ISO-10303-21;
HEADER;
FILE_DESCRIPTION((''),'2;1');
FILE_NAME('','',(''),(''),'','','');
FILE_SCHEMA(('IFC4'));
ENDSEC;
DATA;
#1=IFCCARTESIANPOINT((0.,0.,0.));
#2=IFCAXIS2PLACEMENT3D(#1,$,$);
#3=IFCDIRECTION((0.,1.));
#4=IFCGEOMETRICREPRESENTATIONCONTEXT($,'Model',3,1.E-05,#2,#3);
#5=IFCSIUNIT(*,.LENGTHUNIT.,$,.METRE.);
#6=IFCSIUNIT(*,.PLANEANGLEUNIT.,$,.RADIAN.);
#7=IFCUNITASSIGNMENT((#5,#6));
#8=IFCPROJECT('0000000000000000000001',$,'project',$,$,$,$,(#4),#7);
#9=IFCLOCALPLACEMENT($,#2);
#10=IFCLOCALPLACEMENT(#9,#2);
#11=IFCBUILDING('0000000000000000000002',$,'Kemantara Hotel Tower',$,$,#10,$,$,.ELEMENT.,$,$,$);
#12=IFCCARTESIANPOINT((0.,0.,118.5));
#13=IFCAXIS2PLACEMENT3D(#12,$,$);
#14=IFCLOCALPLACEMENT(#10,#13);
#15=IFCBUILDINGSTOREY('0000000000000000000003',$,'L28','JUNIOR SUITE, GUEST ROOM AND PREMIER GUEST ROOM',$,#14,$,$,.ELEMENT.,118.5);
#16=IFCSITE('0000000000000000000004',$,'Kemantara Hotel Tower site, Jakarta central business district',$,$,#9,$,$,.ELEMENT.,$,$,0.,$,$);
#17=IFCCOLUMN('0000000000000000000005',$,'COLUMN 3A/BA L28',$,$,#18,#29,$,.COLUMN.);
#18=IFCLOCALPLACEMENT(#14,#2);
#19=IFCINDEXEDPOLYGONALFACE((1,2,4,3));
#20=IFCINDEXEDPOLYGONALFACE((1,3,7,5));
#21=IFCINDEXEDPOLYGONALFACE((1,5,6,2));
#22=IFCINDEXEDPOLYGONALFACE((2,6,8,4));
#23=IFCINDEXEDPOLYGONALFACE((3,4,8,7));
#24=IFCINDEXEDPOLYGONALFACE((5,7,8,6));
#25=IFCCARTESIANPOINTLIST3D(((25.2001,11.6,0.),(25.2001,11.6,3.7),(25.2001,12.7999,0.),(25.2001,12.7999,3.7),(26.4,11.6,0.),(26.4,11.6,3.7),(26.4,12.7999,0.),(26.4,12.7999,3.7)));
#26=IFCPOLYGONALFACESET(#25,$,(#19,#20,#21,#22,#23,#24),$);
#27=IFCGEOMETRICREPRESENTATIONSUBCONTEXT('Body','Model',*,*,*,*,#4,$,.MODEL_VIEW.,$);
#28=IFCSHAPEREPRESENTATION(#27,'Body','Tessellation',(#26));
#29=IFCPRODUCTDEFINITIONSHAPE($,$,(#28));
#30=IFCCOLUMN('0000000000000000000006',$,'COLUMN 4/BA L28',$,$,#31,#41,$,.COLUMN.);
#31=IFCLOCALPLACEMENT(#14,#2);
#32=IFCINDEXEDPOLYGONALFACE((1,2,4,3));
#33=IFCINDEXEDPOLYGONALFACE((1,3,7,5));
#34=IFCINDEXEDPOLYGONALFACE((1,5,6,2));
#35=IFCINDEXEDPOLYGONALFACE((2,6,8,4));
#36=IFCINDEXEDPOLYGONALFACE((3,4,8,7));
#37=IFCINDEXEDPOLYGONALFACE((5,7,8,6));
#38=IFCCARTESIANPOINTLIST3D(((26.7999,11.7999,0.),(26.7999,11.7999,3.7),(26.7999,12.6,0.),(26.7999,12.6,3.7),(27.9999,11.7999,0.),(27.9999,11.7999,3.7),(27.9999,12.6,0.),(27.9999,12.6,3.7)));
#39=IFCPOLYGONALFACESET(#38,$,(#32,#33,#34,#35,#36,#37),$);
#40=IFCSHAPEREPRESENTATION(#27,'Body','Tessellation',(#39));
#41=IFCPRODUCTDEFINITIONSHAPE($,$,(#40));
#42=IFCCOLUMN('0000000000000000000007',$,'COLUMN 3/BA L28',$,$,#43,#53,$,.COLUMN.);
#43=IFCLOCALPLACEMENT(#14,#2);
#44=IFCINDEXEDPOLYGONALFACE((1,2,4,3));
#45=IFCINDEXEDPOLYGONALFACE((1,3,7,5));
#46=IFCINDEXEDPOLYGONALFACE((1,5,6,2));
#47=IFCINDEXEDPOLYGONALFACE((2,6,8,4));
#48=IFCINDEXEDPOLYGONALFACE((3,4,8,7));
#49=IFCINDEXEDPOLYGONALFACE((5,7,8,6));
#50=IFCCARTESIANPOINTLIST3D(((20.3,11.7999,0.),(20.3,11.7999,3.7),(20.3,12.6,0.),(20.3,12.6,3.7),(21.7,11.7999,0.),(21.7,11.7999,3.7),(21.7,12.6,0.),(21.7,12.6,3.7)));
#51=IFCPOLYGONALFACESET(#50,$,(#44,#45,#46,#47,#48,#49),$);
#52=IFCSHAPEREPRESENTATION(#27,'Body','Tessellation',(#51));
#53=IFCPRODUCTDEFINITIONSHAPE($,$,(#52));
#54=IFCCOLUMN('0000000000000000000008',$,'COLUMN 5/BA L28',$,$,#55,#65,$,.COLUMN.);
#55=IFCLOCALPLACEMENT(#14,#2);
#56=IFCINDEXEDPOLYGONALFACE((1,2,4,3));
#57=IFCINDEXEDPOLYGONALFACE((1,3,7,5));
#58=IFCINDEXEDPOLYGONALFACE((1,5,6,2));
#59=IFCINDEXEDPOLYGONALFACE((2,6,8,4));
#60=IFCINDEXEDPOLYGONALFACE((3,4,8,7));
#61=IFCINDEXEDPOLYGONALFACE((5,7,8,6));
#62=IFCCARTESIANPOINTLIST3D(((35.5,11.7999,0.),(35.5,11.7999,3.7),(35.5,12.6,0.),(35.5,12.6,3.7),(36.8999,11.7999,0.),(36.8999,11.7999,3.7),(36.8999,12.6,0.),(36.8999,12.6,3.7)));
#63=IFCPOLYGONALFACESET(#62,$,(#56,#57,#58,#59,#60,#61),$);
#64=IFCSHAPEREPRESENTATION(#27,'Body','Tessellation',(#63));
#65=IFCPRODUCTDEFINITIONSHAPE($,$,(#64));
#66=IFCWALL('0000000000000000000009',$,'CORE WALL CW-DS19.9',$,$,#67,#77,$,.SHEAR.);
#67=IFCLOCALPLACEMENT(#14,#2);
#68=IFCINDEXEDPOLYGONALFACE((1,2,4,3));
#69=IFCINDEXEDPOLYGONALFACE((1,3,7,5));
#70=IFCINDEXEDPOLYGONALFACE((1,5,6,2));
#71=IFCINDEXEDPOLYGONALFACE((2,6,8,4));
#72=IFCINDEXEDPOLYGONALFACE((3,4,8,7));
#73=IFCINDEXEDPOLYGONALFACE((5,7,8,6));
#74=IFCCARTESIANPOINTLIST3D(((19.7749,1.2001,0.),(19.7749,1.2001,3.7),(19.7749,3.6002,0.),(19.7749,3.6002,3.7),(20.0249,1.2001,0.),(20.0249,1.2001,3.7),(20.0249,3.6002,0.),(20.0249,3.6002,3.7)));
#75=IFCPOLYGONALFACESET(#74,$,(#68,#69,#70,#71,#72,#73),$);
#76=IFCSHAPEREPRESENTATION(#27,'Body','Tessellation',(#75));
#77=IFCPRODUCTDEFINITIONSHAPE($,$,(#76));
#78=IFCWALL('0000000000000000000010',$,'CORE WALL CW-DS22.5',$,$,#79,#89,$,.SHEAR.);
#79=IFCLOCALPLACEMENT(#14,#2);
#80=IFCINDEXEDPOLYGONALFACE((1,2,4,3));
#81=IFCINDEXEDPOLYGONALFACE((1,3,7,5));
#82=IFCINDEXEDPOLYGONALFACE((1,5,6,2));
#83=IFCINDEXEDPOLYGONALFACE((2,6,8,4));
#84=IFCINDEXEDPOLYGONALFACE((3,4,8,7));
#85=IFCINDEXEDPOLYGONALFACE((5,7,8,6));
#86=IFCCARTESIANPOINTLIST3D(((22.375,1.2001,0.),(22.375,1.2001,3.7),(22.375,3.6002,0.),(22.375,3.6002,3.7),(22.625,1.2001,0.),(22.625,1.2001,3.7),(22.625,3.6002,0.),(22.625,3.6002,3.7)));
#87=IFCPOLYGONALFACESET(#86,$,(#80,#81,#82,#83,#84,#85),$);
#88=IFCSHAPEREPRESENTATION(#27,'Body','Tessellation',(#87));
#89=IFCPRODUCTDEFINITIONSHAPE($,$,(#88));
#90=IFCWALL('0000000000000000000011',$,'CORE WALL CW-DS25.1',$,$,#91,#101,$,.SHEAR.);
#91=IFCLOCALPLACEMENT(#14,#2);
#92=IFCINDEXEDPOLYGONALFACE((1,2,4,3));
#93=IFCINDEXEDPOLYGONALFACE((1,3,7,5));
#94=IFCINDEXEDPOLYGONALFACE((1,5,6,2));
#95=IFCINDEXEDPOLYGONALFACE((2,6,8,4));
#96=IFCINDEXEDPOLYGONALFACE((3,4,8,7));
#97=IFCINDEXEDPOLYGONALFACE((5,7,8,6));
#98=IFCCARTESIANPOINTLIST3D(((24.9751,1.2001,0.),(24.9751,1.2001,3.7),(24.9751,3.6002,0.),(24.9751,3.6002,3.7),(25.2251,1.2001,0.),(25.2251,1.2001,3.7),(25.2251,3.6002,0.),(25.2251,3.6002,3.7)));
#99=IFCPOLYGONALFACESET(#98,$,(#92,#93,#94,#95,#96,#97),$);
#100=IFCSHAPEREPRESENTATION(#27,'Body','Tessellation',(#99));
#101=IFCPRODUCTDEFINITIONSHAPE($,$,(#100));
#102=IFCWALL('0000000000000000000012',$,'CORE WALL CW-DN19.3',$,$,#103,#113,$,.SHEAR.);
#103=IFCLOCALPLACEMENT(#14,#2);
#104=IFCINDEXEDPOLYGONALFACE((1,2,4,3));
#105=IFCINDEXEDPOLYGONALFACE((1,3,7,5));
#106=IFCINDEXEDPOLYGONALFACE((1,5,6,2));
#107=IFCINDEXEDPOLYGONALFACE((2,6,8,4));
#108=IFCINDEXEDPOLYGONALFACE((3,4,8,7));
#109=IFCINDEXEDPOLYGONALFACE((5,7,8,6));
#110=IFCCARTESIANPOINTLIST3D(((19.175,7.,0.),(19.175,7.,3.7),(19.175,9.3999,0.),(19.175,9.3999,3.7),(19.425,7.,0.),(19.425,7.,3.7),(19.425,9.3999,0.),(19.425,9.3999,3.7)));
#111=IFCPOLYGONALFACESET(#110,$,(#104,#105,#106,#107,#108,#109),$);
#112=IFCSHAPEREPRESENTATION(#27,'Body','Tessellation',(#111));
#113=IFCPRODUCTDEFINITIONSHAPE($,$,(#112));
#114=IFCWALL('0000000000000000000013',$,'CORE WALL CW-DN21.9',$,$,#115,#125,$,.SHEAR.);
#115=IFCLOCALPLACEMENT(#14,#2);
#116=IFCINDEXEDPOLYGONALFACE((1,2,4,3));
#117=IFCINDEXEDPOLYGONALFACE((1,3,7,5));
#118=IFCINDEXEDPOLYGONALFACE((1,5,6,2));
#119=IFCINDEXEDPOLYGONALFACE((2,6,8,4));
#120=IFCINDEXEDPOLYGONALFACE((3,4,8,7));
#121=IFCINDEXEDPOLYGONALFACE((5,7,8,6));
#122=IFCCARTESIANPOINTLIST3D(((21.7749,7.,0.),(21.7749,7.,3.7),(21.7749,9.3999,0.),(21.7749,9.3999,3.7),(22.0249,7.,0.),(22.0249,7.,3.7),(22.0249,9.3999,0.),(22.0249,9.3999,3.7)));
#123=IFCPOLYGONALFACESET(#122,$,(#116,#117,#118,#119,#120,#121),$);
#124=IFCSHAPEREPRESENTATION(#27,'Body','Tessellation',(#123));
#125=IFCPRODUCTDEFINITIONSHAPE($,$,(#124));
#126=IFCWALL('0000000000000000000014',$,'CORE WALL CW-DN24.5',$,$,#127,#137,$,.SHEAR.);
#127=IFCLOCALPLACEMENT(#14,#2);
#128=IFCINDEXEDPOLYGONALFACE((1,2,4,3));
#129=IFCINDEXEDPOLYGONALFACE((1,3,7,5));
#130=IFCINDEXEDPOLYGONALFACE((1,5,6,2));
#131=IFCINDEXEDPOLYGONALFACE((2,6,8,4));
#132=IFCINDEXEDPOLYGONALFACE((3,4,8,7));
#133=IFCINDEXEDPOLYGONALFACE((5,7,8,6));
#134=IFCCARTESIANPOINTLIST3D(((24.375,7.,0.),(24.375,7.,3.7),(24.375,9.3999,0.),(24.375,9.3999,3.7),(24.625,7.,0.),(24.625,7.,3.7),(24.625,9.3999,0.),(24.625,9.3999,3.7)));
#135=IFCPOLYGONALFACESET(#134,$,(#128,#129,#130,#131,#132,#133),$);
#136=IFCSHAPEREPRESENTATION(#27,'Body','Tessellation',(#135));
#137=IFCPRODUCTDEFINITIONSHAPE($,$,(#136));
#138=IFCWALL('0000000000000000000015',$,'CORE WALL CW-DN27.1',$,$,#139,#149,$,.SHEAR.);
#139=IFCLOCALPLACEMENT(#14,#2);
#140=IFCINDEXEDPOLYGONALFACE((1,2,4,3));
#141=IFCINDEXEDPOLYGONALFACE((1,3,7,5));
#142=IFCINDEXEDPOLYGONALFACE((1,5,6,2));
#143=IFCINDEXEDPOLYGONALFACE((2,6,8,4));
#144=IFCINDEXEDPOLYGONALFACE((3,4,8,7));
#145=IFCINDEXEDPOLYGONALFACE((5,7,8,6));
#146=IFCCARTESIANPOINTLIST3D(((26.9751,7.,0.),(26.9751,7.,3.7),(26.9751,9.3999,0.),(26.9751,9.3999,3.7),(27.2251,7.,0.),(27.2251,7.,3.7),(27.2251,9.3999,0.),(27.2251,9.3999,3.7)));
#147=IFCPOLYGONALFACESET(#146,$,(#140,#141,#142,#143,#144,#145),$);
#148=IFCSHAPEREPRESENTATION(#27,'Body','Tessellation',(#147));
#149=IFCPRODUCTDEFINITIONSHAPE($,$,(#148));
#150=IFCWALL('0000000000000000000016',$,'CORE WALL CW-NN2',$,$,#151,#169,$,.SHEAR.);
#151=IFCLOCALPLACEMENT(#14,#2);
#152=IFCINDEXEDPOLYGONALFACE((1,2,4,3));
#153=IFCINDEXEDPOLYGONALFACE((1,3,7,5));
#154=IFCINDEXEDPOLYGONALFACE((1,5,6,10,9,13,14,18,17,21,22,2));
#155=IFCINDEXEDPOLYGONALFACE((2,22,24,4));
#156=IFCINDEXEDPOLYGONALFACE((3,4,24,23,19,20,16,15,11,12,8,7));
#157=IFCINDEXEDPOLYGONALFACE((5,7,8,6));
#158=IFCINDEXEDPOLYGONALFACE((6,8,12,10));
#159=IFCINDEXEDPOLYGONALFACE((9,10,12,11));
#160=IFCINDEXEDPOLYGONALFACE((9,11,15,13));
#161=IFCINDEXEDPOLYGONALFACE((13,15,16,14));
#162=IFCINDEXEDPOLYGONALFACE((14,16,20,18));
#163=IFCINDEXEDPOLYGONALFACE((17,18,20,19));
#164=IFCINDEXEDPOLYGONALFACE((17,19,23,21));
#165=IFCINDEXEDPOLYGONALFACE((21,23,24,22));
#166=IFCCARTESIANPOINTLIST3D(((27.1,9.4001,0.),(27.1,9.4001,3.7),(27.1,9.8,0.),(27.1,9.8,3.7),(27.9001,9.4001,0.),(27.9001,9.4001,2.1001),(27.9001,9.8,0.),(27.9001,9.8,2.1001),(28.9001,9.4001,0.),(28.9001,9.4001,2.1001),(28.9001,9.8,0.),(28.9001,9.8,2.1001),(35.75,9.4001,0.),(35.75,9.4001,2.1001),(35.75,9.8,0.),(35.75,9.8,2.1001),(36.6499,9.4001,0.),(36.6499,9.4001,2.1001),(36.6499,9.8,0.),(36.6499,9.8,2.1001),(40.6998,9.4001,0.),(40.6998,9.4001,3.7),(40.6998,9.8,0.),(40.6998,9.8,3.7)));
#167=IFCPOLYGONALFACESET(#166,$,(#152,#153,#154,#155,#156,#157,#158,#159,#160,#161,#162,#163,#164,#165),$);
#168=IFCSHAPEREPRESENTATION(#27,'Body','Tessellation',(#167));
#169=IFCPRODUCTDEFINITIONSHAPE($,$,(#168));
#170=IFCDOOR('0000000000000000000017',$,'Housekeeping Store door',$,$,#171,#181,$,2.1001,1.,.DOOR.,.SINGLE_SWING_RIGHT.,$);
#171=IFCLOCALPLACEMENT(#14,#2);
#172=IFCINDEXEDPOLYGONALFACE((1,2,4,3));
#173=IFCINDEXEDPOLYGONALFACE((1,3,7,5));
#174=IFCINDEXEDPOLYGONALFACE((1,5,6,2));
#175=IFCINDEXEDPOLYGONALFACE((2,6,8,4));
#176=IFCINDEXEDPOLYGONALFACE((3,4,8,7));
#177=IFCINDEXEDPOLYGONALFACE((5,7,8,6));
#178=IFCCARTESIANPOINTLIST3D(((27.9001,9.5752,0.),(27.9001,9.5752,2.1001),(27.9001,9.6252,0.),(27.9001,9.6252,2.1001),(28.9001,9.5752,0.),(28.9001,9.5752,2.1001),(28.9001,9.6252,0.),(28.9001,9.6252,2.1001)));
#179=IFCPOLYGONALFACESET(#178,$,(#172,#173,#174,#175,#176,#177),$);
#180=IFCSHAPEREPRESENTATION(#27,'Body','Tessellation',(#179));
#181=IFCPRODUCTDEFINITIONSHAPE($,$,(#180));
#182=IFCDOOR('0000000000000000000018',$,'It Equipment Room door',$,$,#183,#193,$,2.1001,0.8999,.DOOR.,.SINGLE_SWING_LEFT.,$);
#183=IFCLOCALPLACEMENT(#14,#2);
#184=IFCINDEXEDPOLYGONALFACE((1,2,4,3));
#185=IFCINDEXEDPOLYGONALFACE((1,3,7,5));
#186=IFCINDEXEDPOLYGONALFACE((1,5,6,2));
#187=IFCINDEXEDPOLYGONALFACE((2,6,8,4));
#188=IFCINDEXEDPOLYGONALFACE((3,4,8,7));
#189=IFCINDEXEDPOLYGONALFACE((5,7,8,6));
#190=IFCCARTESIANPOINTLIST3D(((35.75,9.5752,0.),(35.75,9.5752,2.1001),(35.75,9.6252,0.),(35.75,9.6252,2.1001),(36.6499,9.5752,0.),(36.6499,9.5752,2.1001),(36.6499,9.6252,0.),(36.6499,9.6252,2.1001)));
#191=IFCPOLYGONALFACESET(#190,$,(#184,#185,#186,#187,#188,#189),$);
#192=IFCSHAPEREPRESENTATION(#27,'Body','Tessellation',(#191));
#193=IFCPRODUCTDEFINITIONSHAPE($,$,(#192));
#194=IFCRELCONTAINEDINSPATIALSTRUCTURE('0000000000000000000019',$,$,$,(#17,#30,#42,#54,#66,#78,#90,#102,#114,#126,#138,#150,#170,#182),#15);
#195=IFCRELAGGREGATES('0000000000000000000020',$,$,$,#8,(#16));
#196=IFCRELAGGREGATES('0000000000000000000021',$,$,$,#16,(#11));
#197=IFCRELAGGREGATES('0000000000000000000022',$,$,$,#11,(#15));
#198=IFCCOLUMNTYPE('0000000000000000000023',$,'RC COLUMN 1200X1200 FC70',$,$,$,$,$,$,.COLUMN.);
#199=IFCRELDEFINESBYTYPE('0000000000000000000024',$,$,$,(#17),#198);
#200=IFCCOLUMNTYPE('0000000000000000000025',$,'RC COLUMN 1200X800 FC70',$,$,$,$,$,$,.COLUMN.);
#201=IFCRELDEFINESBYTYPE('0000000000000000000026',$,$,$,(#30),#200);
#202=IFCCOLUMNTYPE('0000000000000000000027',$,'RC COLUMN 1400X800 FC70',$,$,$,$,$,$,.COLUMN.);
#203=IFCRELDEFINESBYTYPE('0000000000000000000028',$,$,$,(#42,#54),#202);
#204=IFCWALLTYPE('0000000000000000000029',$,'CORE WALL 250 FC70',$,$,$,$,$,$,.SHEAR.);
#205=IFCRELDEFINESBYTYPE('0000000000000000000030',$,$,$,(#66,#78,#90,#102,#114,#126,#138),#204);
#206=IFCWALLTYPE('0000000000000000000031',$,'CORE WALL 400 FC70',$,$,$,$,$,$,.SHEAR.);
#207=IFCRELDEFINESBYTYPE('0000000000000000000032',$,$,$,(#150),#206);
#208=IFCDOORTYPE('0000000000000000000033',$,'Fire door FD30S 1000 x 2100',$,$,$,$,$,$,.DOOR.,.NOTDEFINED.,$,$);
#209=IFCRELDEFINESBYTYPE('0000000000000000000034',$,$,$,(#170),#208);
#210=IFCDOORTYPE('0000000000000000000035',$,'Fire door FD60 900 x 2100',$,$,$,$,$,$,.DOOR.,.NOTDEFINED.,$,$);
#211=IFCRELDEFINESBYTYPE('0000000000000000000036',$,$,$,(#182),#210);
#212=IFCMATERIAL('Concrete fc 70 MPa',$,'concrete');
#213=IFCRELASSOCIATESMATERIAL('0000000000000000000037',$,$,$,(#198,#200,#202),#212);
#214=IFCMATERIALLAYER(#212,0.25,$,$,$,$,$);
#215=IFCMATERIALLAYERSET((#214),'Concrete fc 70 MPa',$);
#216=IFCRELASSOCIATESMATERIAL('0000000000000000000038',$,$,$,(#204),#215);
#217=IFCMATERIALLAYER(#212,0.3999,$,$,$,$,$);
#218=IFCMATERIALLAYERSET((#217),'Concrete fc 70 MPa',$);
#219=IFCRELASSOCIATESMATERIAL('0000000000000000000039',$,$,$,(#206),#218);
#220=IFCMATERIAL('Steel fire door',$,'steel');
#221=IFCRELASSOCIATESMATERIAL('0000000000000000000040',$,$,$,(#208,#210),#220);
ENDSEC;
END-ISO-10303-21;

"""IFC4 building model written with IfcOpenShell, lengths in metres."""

from ifc_helpers import new_model, si_unit, direction, frame, frame_2d, origin, origin_2d, place, context, subcontext, project, spatial, rectangle, extrude, material, layer, layer_set, material_profile, profile_set, type_object, element, fill, save


model = new_model("IFC4")

# Units and contexts
model_context = context("Model", 3, precision=1e-05, world=origin(), true_north=direction((0.0, 1.0)))
body_context = subcontext(model_context, "Body", "Model", "MODEL_VIEW")
ifc_project = project(units=[si_unit("LENGTHUNIT", "METRE"), si_unit("PLANEANGLEUNIT", "RADIAN")], contexts=[model_context])

# Site, building, storey
site_placement = place(None, origin())
site = spatial("IfcSite", under=ifc_project, at=site_placement, Name="Kemantara Hotel Tower site, Jakarta central business district", CompositionType="ELEMENT", RefElevation=0.0)
building_placement = place(site_placement, origin())
building = spatial("IfcBuilding", under=site, at=building_placement, Name="Kemantara Hotel Tower", CompositionType="ELEMENT")
storey_placement = place(building_placement, frame((0.0, 0.0, 118.5)))
storey = spatial("IfcBuildingStorey", under=building, at=storey_placement, Name="L28", Description="JUNIOR SUITE, GUEST ROOM AND PREMIER GUEST ROOM", CompositionType="ELEMENT", Elevation=118.5)

# Columns
ifc_material_1 = material(Name="Concrete fc 70 MPa", Category="concrete")
ifc_material_profile_1 = material_profile(ifc_material_1, rectangle(XDim=1.2, YDim=1.2, at=origin_2d()), Name="RC 1200X1200")
ifc_profile_set_1 = profile_set([ifc_material_profile_1], Name="Concrete fc 70 MPa")
column_type_1 = type_object("IfcColumnType", Name="RC COLUMN 1200X1200 FC70", PredefinedType="COLUMN", material=ifc_profile_set_1)
column_1_placement = place(storey_placement, frame((25.8, 12.2, 0.0), z_axis=(0.0, 0.0, 1.0), x_axis=(1.0, 0.0, 0.0)))
element("IfcColumn", 1, at=column_1_placement, inside=storey, type_object=column_type_1, Name="COLUMN 3A/BA L28", PredefinedType="COLUMN", context=body_context, shape_type="SweptSolid", body=[
    extrude(rectangle(XDim=1.2, YDim=1.2, at=origin_2d()), origin(), (0.0, 0.0, 1.0), 3.7),
])
ifc_material_profile_2 = material_profile(ifc_material_1, rectangle(XDim=1.2, YDim=0.8, at=origin_2d()), Name="RC 1200X800")
ifc_profile_set_2 = profile_set([ifc_material_profile_2], Name="Concrete fc 70 MPa")
column_type_2 = type_object("IfcColumnType", Name="RC COLUMN 1200X800 FC70", PredefinedType="COLUMN", material=ifc_profile_set_2)
column_2_placement = place(storey_placement, frame((27.3999, 12.2, 0.0), z_axis=(0.0, 0.0, 1.0), x_axis=(1.0, 0.0, 0.0)))
element("IfcColumn", 2, at=column_2_placement, inside=storey, type_object=column_type_2, Name="COLUMN 4/BA L28", PredefinedType="COLUMN", context=body_context, shape_type="SweptSolid", body=[
    extrude(rectangle(XDim=1.2, YDim=0.8, at=origin_2d()), origin(), (0.0, 0.0, 1.0), 3.7),
])
ifc_material_profile_3 = material_profile(ifc_material_1, rectangle(XDim=1.3999, YDim=0.8, at=origin_2d()), Name="RC 1400X800")
ifc_profile_set_3 = profile_set([ifc_material_profile_3], Name="Concrete fc 70 MPa")
column_type_3 = type_object("IfcColumnType", Name="RC COLUMN 1400X800 FC70", PredefinedType="COLUMN", material=ifc_profile_set_3)
for number, where, z_axis, x_axis, name in (
    (3, (21.0, 12.2, 0.0), (0.0, 0.0, 1.0), (1.0, 0.0, 0.0), "COLUMN 3/BA L28"),
    (4, (36.2, 12.2, 0.0), (0.0, 0.0, 1.0), (1.0, 0.0, 0.0), "COLUMN 5/BA L28"),
):
    element("IfcColumn", number, at=place(storey_placement, frame(where, z_axis=z_axis, x_axis=x_axis)), inside=storey, type_object=column_type_3, Name=name, PredefinedType="COLUMN", context=body_context, shape_type="SweptSolid", body=[
        extrude(rectangle(XDim=1.3999, YDim=0.8, at=origin_2d()), origin(), (0.0, 0.0, 1.0), 3.7),
    ])

# Walls
ifc_layer_1 = layer(ifc_material_1, 0.25)
ifc_layer_set_1 = layer_set([ifc_layer_1], Name="Concrete fc 70 MPa")
wall_type_1 = type_object("IfcWallType", Name="CORE WALL 250 FC70", PredefinedType="SHEAR", material=ifc_layer_set_1)
for number, where, z_axis, x_axis, name in (
    (5, (19.8999, 1.2, 0.0), (0.0, 0.0, 1.0), (0.0, 1.0, 0.0), "CORE WALL CW-DS19.9"),
    (6, (22.5, 1.2, 0.0), (0.0, 0.0, 1.0), (0.0, 1.0, 0.0), "CORE WALL CW-DS22.5"),
    (7, (25.1001, 1.2, 0.0), (0.0, 0.0, 1.0), (0.0, 1.0, 0.0), "CORE WALL CW-DS25.1"),
):
    element("IfcWall", number, at=place(storey_placement, frame(where, z_axis=z_axis, x_axis=x_axis)), inside=storey, type_object=wall_type_1, Name=name, PredefinedType="SHEAR", context=body_context, shape_type="SweptSolid", body=[
        extrude(rectangle(XDim=2.4001, YDim=0.25, at=frame_2d((1.2002, 0.0))), origin(), (0.0, 0.0, 1.0), 3.7),
    ])
for number, where, z_axis, x_axis, name in (
    (8, (19.3, 7.0, 0.0), (0.0, 0.0, 1.0), (0.0, 1.0, 0.0), "CORE WALL CW-DN19.3"),
    (9, (21.8999, 7.0, 0.0), (0.0, 0.0, 1.0), (0.0, 1.0, 0.0), "CORE WALL CW-DN21.9"),
    (10, (24.5, 7.0, 0.0), (0.0, 0.0, 1.0), (0.0, 1.0, 0.0), "CORE WALL CW-DN24.5"),
    (11, (27.1001, 7.0, 0.0), (0.0, 0.0, 1.0), (0.0, 1.0, 0.0), "CORE WALL CW-DN27.1"),
):
    element("IfcWall", number, at=place(storey_placement, frame(where, z_axis=z_axis, x_axis=x_axis)), inside=storey, type_object=wall_type_1, Name=name, PredefinedType="SHEAR", context=body_context, shape_type="SweptSolid", body=[
        extrude(rectangle(XDim=2.3999, YDim=0.25, at=frame_2d((1.2, 0.0))), origin(), (0.0, 0.0, 1.0), 3.7),
    ])

# Wall, openings, doors
ifc_layer_2 = layer(ifc_material_1, 0.3999)
ifc_layer_set_2 = layer_set([ifc_layer_2], Name="Concrete fc 70 MPa")
wall_type_2 = type_object("IfcWallType", Name="CORE WALL 400 FC70", PredefinedType="SHEAR", material=ifc_layer_set_2)
wall_1_placement = place(storey_placement, frame((27.1001, 9.6001, 0.0), z_axis=(0.0, 0.0, 1.0), x_axis=(1.0, 0.0, 0.0)))
wall_1 = element("IfcWall", 12, at=wall_1_placement, inside=storey, type_object=wall_type_2, Name="CORE WALL CW-NN2", PredefinedType="SHEAR", context=body_context, shape_type="SweptSolid", body=[
    extrude(rectangle(XDim=13.5999, YDim=0.3999, at=frame_2d((6.7998, 0.0))), origin(), (0.0, 0.0, 1.0), 3.7),
])
opening_1_placement = place(wall_1_placement, frame((0.8, 0.0, 0.0)))
opening_1 = element("IfcOpeningElement", 13, at=opening_1_placement, cuts=wall_1, PredefinedType="OPENING", context=body_context, shape_type="SweptSolid", body=[
    extrude(rectangle(XDim=1.0, YDim=2.1001, at=frame_2d((0.5, 1.05))), frame((0.0, 0.21, 0.0), z_axis=(0.0, -1.0, 0.0), x_axis=(1.0, 0.0, 0.0)), (0.0, 0.0, 1.0), 0.4199),
])
opening_2_placement = place(wall_1_placement, frame((8.6499, 0.0, 0.0)))
opening_2 = element("IfcOpeningElement", 14, at=opening_2_placement, cuts=wall_1, PredefinedType="OPENING", context=body_context, shape_type="SweptSolid", body=[
    extrude(rectangle(XDim=0.8999, YDim=2.1001, at=frame_2d((0.45, 1.05))), frame((0.0, 0.21, 0.0), z_axis=(0.0, -1.0, 0.0), x_axis=(1.0, 0.0, 0.0)), (0.0, 0.0, 1.0), 0.4199),
])
ifc_material_2 = material(Name="Steel fire door", Category="steel")
door_type_1 = type_object("IfcDoorType", Name="Fire door FD30S 1000 x 2100", OperationType="NOTDEFINED", PredefinedType="DOOR", material=ifc_material_2)
door_1_placement = place(opening_1_placement, frame((1.0, 0.0, 0.0), z_axis=(0.0, 0.0, 1.0), x_axis=(-1.0, 0.0, 0.0)))
door_1 = element("IfcDoor", 15, at=door_1_placement, inside=storey, type_object=door_type_1, Name="Housekeeping Store door", OperationType="SINGLE_SWING_RIGHT", OverallHeight=2.1001, OverallWidth=1.0, PredefinedType="DOOR", context=body_context, shape_type="SweptSolid", body=[
    extrude(rectangle(XDim=1.0, YDim=2.1001, at=frame_2d((0.5, 1.05))), frame((0.0, 0.0249, 0.0), z_axis=(0.0, -1.0, 0.0), x_axis=(1.0, 0.0, 0.0)), (0.0, 0.0, 1.0), 0.05),
])
fill(opening_1, door_1)
door_type_2 = type_object("IfcDoorType", Name="Fire door FD60 900 x 2100", OperationType="NOTDEFINED", PredefinedType="DOOR", material=ifc_material_2)
door_2_placement = place(opening_2_placement, frame((0.8999, 0.0, 0.0), z_axis=(0.0, 0.0, 1.0), x_axis=(-1.0, 0.0, 0.0)))
door_2 = element("IfcDoor", 16, at=door_2_placement, inside=storey, type_object=door_type_2, Name="It Equipment Room door", OperationType="SINGLE_SWING_LEFT", OverallHeight=2.1001, OverallWidth=0.8999, PredefinedType="DOOR", context=body_context, shape_type="SweptSolid", body=[
    extrude(rectangle(XDim=0.8999, YDim=2.1001, at=frame_2d((0.45, 1.05))), frame((0.0, 0.0249, 0.0), z_axis=(0.0, -1.0, 0.0), x_axis=(1.0, 0.0, 0.0)), (0.0, 0.0, 1.0), 0.05),
])
fill(opening_2, door_2)

save(model, "model.ifc")
